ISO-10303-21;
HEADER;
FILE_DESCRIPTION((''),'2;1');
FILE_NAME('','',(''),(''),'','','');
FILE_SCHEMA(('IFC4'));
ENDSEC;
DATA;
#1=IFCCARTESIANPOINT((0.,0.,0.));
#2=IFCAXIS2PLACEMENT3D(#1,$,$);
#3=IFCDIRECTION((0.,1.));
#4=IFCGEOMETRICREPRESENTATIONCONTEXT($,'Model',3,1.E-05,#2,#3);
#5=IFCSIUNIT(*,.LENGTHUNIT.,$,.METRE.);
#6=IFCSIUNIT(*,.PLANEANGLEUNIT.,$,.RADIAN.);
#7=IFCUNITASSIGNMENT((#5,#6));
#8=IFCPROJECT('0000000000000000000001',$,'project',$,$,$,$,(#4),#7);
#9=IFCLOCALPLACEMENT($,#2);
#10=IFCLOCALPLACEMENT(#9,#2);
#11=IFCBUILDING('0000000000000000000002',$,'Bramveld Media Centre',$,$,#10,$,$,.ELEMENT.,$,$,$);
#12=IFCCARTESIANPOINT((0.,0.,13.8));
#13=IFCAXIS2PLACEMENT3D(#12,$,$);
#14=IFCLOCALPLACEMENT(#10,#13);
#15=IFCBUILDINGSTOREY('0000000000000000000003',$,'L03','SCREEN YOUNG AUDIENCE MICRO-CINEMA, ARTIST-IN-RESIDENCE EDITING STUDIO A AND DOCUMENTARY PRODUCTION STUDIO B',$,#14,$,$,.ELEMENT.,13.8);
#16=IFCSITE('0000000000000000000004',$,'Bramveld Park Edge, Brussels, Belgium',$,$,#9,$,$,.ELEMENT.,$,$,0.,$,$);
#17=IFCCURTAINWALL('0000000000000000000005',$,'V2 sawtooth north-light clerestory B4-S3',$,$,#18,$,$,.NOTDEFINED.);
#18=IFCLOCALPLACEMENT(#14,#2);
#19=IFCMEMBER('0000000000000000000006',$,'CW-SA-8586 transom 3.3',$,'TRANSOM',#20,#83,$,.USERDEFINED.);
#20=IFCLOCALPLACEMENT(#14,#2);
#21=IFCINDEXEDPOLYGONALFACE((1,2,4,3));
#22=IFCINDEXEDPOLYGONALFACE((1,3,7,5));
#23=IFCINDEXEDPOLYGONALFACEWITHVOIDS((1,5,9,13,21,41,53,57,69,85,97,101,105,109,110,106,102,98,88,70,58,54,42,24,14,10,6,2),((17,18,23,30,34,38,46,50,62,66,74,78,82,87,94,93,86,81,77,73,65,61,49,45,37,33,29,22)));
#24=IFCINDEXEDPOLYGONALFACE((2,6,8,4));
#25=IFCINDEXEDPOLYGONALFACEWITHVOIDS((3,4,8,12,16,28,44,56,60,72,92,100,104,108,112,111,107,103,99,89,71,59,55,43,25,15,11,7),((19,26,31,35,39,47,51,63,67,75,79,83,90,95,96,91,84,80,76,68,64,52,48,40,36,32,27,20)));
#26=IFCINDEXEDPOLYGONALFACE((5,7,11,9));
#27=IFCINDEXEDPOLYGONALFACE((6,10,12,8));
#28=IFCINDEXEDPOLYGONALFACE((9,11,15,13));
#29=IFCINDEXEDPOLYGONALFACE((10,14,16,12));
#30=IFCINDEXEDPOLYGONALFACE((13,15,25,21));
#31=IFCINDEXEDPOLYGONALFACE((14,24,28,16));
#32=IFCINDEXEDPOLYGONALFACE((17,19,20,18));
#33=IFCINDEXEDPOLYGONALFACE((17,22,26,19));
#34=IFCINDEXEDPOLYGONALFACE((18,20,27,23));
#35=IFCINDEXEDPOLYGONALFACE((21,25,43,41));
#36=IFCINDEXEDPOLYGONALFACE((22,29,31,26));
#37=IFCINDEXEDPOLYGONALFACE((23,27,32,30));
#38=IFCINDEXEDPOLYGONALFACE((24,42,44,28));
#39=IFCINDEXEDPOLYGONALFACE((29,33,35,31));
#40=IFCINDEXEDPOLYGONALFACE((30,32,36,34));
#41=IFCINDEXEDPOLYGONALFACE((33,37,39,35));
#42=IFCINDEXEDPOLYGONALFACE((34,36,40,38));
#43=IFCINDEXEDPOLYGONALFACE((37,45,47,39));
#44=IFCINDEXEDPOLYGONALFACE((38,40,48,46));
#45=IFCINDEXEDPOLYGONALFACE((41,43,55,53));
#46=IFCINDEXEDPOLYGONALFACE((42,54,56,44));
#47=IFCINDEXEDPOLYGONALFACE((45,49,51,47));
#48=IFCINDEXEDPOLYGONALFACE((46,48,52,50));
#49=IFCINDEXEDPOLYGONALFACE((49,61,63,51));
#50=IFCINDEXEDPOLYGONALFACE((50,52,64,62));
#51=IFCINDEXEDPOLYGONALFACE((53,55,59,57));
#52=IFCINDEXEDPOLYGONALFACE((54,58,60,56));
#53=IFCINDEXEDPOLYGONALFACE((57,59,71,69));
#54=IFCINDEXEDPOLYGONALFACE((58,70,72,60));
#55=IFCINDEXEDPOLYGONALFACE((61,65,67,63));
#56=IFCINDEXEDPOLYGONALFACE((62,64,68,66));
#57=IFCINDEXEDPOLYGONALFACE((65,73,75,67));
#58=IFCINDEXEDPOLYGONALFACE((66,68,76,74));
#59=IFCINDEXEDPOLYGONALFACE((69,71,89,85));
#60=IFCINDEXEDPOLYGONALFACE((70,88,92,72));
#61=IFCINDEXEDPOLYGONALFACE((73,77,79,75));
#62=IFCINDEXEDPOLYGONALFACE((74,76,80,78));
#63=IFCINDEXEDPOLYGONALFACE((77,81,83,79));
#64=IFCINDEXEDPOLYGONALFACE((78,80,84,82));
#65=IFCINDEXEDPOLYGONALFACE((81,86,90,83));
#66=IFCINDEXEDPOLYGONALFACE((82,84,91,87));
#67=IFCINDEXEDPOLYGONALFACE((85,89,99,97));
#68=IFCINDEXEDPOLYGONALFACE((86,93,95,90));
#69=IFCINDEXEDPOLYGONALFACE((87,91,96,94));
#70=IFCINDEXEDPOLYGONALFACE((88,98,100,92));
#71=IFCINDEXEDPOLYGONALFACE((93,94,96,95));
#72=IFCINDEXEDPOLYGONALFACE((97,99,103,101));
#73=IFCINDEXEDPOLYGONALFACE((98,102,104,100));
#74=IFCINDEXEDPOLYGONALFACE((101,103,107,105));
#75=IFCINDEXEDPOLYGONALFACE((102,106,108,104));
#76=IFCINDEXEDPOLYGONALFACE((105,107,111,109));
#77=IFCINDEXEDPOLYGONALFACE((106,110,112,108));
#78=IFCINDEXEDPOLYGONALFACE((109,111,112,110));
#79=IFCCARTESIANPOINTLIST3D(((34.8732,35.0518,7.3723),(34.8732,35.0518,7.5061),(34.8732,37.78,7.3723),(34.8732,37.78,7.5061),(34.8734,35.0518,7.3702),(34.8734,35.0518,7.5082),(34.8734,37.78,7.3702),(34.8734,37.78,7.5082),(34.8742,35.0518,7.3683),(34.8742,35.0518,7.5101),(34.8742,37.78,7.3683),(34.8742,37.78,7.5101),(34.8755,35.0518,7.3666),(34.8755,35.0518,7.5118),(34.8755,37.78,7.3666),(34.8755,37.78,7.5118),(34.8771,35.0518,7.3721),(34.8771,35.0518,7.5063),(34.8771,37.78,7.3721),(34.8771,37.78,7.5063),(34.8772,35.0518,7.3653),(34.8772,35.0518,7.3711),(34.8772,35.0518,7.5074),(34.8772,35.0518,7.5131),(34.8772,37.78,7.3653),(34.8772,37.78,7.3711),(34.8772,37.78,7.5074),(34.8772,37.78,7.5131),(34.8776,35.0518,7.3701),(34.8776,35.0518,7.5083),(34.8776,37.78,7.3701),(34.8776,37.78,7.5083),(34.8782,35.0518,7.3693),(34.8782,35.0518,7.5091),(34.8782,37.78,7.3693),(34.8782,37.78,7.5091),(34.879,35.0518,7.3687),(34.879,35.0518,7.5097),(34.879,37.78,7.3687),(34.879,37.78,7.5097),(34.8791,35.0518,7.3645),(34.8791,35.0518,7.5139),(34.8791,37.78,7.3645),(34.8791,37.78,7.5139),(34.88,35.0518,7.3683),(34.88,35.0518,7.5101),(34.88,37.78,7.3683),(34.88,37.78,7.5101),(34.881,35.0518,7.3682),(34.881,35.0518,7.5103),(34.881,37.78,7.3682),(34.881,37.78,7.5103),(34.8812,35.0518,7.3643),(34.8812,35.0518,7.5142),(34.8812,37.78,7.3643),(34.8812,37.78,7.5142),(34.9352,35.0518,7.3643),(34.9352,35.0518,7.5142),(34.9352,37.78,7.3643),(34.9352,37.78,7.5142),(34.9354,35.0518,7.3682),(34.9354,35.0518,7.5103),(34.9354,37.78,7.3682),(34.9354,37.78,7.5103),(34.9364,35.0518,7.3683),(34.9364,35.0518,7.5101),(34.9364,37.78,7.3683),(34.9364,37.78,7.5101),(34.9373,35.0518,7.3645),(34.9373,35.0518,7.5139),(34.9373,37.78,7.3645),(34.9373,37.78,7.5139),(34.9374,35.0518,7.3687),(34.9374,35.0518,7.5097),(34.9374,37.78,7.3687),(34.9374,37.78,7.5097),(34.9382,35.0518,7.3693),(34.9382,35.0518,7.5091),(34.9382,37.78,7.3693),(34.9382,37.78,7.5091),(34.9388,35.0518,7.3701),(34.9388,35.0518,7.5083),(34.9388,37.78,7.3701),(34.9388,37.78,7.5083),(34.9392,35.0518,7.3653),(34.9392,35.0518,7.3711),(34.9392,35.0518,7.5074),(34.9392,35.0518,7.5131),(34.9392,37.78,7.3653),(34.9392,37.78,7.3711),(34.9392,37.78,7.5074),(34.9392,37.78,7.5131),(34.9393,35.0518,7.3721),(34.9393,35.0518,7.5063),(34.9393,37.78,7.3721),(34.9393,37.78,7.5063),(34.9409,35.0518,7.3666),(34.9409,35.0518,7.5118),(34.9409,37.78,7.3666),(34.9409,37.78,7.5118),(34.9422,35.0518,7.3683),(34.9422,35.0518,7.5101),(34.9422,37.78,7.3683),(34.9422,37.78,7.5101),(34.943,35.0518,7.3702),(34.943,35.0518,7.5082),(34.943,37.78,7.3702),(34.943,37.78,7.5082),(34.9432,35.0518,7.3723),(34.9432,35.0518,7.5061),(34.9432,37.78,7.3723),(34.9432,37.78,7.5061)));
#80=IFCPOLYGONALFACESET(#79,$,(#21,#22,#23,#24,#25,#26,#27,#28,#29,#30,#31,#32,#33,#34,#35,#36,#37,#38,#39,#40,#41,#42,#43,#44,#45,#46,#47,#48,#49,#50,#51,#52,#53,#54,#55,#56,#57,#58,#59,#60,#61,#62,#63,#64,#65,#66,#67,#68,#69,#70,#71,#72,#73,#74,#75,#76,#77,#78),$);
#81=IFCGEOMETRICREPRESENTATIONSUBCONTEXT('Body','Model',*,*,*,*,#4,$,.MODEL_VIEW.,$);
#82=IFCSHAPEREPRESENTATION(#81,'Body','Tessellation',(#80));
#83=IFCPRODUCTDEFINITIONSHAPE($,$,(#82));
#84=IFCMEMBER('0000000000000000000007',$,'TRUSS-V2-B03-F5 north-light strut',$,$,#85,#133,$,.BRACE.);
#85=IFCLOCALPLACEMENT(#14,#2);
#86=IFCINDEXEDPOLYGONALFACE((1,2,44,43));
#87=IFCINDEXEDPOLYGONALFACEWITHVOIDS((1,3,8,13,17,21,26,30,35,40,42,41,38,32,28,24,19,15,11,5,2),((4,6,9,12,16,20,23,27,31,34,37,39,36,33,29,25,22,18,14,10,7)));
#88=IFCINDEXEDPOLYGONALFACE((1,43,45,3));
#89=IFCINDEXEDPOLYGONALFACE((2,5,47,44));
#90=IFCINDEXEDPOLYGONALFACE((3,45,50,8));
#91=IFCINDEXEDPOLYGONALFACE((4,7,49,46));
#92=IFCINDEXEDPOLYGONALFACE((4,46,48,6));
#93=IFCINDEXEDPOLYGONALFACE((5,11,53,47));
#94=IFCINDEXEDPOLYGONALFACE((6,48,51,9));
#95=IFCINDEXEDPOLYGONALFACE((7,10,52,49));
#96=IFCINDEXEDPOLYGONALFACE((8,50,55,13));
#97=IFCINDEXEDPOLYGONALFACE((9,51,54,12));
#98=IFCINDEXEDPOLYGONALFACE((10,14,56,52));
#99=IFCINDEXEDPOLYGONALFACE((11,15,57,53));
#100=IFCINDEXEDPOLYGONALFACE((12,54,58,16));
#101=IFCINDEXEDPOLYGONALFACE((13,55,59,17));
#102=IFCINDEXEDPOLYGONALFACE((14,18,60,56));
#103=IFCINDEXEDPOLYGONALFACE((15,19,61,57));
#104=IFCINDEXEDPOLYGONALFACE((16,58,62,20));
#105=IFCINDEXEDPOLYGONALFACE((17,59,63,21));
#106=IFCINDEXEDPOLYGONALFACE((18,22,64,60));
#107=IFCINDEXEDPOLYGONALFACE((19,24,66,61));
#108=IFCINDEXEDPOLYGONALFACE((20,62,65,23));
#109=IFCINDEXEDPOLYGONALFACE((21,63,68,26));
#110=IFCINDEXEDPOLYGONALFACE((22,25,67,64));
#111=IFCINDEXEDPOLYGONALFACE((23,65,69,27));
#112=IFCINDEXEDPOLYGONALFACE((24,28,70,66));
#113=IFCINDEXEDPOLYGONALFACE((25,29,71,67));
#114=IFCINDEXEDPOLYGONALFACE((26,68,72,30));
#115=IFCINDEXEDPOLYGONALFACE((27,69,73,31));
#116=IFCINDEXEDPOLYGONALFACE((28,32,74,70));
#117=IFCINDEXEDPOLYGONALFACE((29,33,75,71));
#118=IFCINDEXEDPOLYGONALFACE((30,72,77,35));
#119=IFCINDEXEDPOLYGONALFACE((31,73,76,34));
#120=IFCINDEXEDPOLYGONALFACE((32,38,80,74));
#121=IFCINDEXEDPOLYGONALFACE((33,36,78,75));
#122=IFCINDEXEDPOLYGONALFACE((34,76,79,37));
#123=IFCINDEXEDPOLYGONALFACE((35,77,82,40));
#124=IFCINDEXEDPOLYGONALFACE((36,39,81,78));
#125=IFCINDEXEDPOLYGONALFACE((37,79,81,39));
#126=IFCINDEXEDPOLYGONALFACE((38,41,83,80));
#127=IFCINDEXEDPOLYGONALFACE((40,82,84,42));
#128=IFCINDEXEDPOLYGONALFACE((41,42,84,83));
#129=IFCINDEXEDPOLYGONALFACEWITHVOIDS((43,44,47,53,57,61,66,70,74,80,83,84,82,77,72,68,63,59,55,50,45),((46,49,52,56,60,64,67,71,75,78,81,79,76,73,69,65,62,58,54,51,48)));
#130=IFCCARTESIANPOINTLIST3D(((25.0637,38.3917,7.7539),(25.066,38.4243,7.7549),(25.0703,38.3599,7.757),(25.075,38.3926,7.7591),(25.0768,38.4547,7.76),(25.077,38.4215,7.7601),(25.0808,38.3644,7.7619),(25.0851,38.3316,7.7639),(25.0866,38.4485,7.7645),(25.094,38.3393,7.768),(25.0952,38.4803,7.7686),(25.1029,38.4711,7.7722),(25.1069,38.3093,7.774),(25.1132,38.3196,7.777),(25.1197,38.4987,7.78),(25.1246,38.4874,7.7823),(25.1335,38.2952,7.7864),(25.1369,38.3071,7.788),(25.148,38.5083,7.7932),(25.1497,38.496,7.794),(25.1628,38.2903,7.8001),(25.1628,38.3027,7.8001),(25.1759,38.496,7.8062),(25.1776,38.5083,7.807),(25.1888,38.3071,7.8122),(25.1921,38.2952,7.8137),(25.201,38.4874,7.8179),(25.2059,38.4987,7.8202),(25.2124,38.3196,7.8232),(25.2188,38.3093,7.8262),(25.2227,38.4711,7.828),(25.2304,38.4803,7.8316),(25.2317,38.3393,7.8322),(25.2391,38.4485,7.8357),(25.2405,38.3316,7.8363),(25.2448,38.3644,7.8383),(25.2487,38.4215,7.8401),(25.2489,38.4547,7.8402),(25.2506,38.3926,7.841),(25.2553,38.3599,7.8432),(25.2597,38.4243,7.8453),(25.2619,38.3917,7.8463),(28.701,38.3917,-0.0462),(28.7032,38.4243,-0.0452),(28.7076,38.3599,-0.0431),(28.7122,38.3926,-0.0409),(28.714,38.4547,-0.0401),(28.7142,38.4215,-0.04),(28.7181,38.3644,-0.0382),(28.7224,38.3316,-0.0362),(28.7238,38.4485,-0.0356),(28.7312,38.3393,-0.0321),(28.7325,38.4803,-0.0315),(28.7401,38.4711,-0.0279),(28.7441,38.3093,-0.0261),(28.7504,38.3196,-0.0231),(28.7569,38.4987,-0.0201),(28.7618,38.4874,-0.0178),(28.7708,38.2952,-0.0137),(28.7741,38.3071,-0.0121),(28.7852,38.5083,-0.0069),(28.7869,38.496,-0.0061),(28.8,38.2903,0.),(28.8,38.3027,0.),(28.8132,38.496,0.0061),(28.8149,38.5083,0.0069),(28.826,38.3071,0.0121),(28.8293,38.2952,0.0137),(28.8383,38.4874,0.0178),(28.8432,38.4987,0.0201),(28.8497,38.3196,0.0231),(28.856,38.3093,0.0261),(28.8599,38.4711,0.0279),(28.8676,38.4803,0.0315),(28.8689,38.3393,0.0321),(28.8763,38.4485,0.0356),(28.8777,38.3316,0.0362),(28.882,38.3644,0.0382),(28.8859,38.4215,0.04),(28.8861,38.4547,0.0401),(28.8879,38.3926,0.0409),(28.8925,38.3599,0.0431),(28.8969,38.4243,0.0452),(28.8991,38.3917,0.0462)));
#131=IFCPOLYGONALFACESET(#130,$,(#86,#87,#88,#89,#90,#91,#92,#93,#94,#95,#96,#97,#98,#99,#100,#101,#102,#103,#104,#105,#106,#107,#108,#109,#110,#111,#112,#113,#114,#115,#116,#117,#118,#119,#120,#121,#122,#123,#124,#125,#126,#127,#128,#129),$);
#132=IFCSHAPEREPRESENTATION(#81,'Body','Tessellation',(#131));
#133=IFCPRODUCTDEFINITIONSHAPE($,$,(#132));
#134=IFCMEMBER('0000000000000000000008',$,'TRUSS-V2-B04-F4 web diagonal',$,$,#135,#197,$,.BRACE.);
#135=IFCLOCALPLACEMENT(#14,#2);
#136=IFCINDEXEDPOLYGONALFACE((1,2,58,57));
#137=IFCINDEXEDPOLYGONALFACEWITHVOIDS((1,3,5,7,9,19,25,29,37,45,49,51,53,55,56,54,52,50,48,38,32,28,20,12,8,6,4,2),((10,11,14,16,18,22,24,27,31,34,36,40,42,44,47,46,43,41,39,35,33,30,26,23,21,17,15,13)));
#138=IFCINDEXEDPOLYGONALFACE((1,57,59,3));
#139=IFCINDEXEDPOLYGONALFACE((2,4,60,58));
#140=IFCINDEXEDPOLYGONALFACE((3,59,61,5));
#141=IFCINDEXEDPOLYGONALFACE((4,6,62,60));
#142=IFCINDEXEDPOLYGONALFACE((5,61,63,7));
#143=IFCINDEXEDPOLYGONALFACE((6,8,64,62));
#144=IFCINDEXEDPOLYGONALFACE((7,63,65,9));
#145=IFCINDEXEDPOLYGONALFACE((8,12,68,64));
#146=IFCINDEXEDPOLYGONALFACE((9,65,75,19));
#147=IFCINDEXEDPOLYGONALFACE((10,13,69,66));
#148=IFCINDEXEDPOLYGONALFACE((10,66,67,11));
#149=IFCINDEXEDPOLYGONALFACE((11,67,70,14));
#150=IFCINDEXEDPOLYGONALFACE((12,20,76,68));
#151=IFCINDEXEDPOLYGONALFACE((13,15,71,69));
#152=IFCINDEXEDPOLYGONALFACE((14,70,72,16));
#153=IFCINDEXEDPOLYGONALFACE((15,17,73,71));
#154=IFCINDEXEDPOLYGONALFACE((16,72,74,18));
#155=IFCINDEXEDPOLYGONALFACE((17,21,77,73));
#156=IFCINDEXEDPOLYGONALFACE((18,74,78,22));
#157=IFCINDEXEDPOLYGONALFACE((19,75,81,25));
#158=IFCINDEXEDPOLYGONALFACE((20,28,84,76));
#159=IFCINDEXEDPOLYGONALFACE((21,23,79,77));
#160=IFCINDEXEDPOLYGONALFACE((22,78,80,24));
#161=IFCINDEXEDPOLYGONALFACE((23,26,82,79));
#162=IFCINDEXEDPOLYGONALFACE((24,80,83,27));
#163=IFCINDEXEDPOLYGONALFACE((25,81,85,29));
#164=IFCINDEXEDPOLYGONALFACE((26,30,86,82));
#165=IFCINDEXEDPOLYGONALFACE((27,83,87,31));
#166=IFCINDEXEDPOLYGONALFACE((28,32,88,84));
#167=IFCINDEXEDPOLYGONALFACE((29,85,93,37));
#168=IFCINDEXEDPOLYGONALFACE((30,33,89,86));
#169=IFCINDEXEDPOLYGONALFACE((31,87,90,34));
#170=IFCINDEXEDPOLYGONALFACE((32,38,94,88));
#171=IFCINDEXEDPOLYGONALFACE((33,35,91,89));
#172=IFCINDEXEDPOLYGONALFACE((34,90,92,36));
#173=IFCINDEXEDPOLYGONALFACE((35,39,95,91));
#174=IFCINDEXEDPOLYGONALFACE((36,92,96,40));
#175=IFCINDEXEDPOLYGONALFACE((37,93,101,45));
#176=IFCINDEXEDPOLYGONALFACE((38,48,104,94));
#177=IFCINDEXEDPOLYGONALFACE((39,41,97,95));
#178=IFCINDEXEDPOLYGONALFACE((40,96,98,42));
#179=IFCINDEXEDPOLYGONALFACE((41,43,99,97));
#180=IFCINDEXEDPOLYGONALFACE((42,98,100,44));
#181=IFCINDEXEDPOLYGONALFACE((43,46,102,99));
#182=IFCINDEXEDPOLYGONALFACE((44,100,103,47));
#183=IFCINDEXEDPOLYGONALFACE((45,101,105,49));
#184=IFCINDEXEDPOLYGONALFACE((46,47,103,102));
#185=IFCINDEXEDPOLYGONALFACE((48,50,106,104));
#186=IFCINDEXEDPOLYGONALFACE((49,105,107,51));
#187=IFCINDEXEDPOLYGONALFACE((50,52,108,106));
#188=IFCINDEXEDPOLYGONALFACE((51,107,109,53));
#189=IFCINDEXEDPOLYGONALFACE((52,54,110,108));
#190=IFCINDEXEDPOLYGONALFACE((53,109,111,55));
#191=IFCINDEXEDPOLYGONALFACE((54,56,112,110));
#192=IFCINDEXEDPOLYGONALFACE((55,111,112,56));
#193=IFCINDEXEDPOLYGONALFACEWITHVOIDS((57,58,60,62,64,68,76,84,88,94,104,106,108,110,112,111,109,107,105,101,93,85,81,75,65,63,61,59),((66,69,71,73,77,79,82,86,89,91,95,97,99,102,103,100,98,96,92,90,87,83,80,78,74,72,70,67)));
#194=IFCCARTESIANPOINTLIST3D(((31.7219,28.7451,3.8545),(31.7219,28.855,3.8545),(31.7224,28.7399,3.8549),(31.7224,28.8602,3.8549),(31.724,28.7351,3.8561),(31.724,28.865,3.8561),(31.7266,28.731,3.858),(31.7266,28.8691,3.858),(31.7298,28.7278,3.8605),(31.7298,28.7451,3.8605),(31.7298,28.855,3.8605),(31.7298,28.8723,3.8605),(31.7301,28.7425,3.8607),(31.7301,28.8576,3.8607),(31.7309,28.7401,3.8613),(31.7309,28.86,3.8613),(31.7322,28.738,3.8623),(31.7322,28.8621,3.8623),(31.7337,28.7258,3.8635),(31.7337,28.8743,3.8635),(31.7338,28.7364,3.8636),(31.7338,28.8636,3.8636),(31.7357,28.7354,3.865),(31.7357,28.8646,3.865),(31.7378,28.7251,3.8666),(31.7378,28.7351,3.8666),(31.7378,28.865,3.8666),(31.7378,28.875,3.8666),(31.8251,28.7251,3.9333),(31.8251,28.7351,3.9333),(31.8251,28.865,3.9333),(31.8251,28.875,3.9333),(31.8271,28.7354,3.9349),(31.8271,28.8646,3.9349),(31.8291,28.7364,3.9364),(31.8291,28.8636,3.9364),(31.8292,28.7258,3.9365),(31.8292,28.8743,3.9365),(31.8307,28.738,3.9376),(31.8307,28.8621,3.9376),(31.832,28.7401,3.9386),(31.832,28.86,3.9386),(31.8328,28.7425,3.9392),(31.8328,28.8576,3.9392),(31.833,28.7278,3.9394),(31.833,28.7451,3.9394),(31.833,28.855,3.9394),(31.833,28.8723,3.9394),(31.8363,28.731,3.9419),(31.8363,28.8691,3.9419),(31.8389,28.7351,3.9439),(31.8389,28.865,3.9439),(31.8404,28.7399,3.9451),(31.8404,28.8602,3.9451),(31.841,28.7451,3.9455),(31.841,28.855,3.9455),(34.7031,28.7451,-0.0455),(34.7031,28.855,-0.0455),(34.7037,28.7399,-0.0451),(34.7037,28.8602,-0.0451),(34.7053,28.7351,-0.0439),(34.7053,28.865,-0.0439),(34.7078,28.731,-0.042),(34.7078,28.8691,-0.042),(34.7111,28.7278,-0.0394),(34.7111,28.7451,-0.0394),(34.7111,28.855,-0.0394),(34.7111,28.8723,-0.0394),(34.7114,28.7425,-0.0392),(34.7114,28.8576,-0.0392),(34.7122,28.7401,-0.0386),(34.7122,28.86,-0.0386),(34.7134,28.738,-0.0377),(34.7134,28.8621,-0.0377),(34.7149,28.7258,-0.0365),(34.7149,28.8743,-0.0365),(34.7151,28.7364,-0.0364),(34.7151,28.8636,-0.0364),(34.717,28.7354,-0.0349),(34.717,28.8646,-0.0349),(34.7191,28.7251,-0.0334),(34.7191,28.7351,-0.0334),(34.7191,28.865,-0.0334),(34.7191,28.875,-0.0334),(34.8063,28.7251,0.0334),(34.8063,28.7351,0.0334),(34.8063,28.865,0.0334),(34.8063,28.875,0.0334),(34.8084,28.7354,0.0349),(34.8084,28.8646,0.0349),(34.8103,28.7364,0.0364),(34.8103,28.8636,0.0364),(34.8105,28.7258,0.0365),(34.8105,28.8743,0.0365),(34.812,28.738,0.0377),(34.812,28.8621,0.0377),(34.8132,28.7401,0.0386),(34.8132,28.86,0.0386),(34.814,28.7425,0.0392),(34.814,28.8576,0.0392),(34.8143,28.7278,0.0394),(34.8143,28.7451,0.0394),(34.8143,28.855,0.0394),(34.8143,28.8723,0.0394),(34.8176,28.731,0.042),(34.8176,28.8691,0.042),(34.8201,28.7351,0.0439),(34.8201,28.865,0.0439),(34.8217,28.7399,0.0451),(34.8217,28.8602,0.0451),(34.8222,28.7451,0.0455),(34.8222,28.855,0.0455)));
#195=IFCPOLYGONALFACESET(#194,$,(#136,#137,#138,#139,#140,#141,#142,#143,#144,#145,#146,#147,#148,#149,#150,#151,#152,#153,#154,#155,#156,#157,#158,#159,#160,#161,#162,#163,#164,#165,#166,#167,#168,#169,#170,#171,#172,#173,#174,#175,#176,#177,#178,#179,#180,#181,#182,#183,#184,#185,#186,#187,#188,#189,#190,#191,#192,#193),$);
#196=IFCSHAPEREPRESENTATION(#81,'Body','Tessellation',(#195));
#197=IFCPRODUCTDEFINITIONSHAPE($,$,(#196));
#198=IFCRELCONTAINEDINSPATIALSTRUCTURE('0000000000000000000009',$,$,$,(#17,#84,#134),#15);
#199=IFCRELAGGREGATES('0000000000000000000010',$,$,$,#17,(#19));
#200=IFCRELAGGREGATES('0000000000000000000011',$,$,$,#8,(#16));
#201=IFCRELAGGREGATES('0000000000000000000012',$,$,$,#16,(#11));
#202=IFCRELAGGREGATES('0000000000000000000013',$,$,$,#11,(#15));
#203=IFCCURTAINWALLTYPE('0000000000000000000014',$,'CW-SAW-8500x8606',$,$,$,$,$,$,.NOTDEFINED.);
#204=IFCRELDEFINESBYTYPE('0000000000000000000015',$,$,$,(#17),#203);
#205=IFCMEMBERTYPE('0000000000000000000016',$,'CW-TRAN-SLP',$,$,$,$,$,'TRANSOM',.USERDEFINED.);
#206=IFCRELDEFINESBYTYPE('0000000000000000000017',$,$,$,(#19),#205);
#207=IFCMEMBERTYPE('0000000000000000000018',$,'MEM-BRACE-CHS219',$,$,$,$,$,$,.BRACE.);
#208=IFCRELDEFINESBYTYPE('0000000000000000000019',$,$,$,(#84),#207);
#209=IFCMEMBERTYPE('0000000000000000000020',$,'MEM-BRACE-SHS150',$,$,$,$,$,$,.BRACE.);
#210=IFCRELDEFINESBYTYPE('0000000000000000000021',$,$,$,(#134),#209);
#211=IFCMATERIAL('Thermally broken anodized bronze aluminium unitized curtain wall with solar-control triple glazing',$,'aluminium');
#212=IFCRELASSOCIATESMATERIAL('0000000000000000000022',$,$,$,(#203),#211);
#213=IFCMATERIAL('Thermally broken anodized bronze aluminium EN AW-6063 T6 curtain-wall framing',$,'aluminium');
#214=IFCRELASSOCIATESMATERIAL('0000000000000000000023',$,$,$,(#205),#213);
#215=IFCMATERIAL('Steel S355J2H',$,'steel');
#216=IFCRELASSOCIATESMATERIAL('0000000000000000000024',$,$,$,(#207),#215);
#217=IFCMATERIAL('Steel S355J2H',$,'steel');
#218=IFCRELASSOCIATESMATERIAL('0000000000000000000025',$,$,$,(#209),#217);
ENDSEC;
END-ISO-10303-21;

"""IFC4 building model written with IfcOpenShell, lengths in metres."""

from ifc_helpers import new_model, si_unit, direction, frame, origin, origin_2d, place, context, subcontext, project, spatial, hollow_rectangle, hollow_circle, extrude, material, material_profile, profile_set, type_object, element, aggregate, save


model = new_model("IFC4")

# Units and contexts
model_context = context("Model", 3, precision=1e-05, world=origin(), true_north=direction((0.0, 1.0)))
body_context = subcontext(model_context, "Body", "Model", "MODEL_VIEW")
ifc_project = project(units=[si_unit("LENGTHUNIT", "METRE"), si_unit("PLANEANGLEUNIT", "RADIAN")], contexts=[model_context])

# Site, building, storey
site_placement = place(None, origin())
site = spatial("IfcSite", under=ifc_project, at=site_placement, Name="Bramveld Park Edge, Brussels, Belgium", CompositionType="ELEMENT", RefElevation=0.0)
building_placement = place(site_placement, origin())
building = spatial("IfcBuilding", under=site, at=building_placement, Name="Bramveld Media Centre", CompositionType="ELEMENT")
storey_placement = place(building_placement, frame((0.0, 0.0, 13.8)))
storey = spatial("IfcBuildingStorey", under=building, at=storey_placement, Name="L03", Description="SCREEN YOUNG AUDIENCE MICRO-CINEMA, ARTIST-IN-RESIDENCE EDITING STUDIO A AND DOCUMENTARY PRODUCTION STUDIO B", CompositionType="ELEMENT", Elevation=13.8)

# Curtain wall, member
ifc_material_1 = material(Name="Thermally broken anodized bronze aluminium unitized curtain wall with solar-control triple glazing", Category="aluminium")
curtain_wall_type_1 = type_object("IfcCurtainWallType", Name="CW-SAW-8500x8606", PredefinedType="NOTDEFINED", material=ifc_material_1)
ifc_material_2 = material(Name="Thermally broken anodized bronze aluminium EN AW-6063 T6 curtain-wall framing", Category="aluminium")
ifc_material_profile_1 = material_profile(ifc_material_2, hollow_rectangle(XDim=0.0701, YDim=0.1499, WallThickness=0.0039, InnerFilletRadius=0.0039, OuterFilletRadius=0.0081, at=origin_2d()), Name="AL-TRAN 70x150")
ifc_profile_set_1 = profile_set([ifc_material_profile_1], Name="Thermally broken anodized bronze aluminium EN AW-6063 T6 curtain-wall framing")
member_type_1 = type_object("IfcMemberType", Name="CW-TRAN-SLP", ElementType="TRANSOM", PredefinedType="USERDEFINED", material=ifc_profile_set_1)
curtain_wall_1_placement = place(storey_placement, origin())
curtain_wall_1 = element("IfcCurtainWall", 1, at=curtain_wall_1_placement, inside=storey, type_object=curtain_wall_type_1, Name="V2 sawtooth north-light clerestory B4-S3", PredefinedType="NOTDEFINED")
member_1_placement = place(storey_placement, frame((34.9082, 35.0518, 7.4392), z_axis=(0.0, 1.0, 0.0), x_axis=(-1.0, 0.0, 0.0)))
member_1 = element("IfcMember", 2, at=member_1_placement, type_object=member_type_1, Name="CW-SA-8586 transom 3.3", ObjectType="TRANSOM", PredefinedType="USERDEFINED", context=body_context, shape_type="SweptSolid", body=[
    extrude(hollow_rectangle(XDim=0.0701, YDim=0.1499, WallThickness=0.0039, InnerFilletRadius=0.0039, OuterFilletRadius=0.0081, at=origin_2d()), origin(), (0.0, 0.0, 1.0), 2.7283),
])

# Members
ifc_material_3 = material(Name="Steel S355J2H", Category="steel")
ifc_material_profile_2 = material_profile(ifc_material_3, hollow_circle(Radius=0.1096, WallThickness=0.0125, at=origin_2d()), Name="CHS 219.1x12.5")
ifc_profile_set_2 = profile_set([ifc_material_profile_2], Name="Steel S355J2H")
member_type_2 = type_object("IfcMemberType", Name="MEM-BRACE-CHS219", PredefinedType="BRACE", material=ifc_profile_set_2)
member_2_placement = place(storey_placement, frame((28.8, 38.3999, 0.0), z_axis=(-0.422617, 0.0, 0.906308), x_axis=(0.0, -1.0, 0.0)))
element("IfcMember", 3, at=member_2_placement, inside=storey, type_object=member_type_2, Name="TRUSS-V2-B03-F5 north-light strut", PredefinedType="BRACE", context=body_context, shape_type="SweptSolid", body=[
    extrude(hollow_circle(Radius=0.1096, WallThickness=0.0125, at=origin_2d()), origin(), (0.0, 0.0, 1.0), 8.6064),
])
ifc_material_4 = material(Name="Steel S355J2H", Category="steel")
ifc_material_profile_3 = material_profile(ifc_material_4, hollow_rectangle(XDim=0.1499, YDim=0.1499, WallThickness=0.01, InnerFilletRadius=0.01, OuterFilletRadius=0.02, at=origin_2d()), Name="SHS 150x150x10")
ifc_profile_set_3 = profile_set([ifc_material_profile_3], Name="Steel S355J2H")
member_type_3 = type_object("IfcMemberType", Name="MEM-BRACE-SHS150", PredefinedType="BRACE", material=ifc_profile_set_3)
for number, where, z_axis, x_axis, name in (
    (4, (34.7627, 28.8, 0.0), (-0.607312, 0.0, 0.794464), (0.0, -1.0, 0.0), "TRUSS-V2-B04-F4 web diagonal"),
):
    element("IfcMember", number, at=place(storey_placement, frame(where, z_axis=z_axis, x_axis=x_axis)), inside=storey, type_object=member_type_3, Name=name, PredefinedType="BRACE", context=body_context, shape_type="SweptSolid", body=[
        extrude(hollow_rectangle(XDim=0.1499, YDim=0.1499, WallThickness=0.01, InnerFilletRadius=0.01, OuterFilletRadius=0.02, at=origin_2d()), origin(), (0.0, 0.0, 1.0), 4.9089),
    ])

aggregate(curtain_wall_1, [member_1])

save(model, "model.ifc")
